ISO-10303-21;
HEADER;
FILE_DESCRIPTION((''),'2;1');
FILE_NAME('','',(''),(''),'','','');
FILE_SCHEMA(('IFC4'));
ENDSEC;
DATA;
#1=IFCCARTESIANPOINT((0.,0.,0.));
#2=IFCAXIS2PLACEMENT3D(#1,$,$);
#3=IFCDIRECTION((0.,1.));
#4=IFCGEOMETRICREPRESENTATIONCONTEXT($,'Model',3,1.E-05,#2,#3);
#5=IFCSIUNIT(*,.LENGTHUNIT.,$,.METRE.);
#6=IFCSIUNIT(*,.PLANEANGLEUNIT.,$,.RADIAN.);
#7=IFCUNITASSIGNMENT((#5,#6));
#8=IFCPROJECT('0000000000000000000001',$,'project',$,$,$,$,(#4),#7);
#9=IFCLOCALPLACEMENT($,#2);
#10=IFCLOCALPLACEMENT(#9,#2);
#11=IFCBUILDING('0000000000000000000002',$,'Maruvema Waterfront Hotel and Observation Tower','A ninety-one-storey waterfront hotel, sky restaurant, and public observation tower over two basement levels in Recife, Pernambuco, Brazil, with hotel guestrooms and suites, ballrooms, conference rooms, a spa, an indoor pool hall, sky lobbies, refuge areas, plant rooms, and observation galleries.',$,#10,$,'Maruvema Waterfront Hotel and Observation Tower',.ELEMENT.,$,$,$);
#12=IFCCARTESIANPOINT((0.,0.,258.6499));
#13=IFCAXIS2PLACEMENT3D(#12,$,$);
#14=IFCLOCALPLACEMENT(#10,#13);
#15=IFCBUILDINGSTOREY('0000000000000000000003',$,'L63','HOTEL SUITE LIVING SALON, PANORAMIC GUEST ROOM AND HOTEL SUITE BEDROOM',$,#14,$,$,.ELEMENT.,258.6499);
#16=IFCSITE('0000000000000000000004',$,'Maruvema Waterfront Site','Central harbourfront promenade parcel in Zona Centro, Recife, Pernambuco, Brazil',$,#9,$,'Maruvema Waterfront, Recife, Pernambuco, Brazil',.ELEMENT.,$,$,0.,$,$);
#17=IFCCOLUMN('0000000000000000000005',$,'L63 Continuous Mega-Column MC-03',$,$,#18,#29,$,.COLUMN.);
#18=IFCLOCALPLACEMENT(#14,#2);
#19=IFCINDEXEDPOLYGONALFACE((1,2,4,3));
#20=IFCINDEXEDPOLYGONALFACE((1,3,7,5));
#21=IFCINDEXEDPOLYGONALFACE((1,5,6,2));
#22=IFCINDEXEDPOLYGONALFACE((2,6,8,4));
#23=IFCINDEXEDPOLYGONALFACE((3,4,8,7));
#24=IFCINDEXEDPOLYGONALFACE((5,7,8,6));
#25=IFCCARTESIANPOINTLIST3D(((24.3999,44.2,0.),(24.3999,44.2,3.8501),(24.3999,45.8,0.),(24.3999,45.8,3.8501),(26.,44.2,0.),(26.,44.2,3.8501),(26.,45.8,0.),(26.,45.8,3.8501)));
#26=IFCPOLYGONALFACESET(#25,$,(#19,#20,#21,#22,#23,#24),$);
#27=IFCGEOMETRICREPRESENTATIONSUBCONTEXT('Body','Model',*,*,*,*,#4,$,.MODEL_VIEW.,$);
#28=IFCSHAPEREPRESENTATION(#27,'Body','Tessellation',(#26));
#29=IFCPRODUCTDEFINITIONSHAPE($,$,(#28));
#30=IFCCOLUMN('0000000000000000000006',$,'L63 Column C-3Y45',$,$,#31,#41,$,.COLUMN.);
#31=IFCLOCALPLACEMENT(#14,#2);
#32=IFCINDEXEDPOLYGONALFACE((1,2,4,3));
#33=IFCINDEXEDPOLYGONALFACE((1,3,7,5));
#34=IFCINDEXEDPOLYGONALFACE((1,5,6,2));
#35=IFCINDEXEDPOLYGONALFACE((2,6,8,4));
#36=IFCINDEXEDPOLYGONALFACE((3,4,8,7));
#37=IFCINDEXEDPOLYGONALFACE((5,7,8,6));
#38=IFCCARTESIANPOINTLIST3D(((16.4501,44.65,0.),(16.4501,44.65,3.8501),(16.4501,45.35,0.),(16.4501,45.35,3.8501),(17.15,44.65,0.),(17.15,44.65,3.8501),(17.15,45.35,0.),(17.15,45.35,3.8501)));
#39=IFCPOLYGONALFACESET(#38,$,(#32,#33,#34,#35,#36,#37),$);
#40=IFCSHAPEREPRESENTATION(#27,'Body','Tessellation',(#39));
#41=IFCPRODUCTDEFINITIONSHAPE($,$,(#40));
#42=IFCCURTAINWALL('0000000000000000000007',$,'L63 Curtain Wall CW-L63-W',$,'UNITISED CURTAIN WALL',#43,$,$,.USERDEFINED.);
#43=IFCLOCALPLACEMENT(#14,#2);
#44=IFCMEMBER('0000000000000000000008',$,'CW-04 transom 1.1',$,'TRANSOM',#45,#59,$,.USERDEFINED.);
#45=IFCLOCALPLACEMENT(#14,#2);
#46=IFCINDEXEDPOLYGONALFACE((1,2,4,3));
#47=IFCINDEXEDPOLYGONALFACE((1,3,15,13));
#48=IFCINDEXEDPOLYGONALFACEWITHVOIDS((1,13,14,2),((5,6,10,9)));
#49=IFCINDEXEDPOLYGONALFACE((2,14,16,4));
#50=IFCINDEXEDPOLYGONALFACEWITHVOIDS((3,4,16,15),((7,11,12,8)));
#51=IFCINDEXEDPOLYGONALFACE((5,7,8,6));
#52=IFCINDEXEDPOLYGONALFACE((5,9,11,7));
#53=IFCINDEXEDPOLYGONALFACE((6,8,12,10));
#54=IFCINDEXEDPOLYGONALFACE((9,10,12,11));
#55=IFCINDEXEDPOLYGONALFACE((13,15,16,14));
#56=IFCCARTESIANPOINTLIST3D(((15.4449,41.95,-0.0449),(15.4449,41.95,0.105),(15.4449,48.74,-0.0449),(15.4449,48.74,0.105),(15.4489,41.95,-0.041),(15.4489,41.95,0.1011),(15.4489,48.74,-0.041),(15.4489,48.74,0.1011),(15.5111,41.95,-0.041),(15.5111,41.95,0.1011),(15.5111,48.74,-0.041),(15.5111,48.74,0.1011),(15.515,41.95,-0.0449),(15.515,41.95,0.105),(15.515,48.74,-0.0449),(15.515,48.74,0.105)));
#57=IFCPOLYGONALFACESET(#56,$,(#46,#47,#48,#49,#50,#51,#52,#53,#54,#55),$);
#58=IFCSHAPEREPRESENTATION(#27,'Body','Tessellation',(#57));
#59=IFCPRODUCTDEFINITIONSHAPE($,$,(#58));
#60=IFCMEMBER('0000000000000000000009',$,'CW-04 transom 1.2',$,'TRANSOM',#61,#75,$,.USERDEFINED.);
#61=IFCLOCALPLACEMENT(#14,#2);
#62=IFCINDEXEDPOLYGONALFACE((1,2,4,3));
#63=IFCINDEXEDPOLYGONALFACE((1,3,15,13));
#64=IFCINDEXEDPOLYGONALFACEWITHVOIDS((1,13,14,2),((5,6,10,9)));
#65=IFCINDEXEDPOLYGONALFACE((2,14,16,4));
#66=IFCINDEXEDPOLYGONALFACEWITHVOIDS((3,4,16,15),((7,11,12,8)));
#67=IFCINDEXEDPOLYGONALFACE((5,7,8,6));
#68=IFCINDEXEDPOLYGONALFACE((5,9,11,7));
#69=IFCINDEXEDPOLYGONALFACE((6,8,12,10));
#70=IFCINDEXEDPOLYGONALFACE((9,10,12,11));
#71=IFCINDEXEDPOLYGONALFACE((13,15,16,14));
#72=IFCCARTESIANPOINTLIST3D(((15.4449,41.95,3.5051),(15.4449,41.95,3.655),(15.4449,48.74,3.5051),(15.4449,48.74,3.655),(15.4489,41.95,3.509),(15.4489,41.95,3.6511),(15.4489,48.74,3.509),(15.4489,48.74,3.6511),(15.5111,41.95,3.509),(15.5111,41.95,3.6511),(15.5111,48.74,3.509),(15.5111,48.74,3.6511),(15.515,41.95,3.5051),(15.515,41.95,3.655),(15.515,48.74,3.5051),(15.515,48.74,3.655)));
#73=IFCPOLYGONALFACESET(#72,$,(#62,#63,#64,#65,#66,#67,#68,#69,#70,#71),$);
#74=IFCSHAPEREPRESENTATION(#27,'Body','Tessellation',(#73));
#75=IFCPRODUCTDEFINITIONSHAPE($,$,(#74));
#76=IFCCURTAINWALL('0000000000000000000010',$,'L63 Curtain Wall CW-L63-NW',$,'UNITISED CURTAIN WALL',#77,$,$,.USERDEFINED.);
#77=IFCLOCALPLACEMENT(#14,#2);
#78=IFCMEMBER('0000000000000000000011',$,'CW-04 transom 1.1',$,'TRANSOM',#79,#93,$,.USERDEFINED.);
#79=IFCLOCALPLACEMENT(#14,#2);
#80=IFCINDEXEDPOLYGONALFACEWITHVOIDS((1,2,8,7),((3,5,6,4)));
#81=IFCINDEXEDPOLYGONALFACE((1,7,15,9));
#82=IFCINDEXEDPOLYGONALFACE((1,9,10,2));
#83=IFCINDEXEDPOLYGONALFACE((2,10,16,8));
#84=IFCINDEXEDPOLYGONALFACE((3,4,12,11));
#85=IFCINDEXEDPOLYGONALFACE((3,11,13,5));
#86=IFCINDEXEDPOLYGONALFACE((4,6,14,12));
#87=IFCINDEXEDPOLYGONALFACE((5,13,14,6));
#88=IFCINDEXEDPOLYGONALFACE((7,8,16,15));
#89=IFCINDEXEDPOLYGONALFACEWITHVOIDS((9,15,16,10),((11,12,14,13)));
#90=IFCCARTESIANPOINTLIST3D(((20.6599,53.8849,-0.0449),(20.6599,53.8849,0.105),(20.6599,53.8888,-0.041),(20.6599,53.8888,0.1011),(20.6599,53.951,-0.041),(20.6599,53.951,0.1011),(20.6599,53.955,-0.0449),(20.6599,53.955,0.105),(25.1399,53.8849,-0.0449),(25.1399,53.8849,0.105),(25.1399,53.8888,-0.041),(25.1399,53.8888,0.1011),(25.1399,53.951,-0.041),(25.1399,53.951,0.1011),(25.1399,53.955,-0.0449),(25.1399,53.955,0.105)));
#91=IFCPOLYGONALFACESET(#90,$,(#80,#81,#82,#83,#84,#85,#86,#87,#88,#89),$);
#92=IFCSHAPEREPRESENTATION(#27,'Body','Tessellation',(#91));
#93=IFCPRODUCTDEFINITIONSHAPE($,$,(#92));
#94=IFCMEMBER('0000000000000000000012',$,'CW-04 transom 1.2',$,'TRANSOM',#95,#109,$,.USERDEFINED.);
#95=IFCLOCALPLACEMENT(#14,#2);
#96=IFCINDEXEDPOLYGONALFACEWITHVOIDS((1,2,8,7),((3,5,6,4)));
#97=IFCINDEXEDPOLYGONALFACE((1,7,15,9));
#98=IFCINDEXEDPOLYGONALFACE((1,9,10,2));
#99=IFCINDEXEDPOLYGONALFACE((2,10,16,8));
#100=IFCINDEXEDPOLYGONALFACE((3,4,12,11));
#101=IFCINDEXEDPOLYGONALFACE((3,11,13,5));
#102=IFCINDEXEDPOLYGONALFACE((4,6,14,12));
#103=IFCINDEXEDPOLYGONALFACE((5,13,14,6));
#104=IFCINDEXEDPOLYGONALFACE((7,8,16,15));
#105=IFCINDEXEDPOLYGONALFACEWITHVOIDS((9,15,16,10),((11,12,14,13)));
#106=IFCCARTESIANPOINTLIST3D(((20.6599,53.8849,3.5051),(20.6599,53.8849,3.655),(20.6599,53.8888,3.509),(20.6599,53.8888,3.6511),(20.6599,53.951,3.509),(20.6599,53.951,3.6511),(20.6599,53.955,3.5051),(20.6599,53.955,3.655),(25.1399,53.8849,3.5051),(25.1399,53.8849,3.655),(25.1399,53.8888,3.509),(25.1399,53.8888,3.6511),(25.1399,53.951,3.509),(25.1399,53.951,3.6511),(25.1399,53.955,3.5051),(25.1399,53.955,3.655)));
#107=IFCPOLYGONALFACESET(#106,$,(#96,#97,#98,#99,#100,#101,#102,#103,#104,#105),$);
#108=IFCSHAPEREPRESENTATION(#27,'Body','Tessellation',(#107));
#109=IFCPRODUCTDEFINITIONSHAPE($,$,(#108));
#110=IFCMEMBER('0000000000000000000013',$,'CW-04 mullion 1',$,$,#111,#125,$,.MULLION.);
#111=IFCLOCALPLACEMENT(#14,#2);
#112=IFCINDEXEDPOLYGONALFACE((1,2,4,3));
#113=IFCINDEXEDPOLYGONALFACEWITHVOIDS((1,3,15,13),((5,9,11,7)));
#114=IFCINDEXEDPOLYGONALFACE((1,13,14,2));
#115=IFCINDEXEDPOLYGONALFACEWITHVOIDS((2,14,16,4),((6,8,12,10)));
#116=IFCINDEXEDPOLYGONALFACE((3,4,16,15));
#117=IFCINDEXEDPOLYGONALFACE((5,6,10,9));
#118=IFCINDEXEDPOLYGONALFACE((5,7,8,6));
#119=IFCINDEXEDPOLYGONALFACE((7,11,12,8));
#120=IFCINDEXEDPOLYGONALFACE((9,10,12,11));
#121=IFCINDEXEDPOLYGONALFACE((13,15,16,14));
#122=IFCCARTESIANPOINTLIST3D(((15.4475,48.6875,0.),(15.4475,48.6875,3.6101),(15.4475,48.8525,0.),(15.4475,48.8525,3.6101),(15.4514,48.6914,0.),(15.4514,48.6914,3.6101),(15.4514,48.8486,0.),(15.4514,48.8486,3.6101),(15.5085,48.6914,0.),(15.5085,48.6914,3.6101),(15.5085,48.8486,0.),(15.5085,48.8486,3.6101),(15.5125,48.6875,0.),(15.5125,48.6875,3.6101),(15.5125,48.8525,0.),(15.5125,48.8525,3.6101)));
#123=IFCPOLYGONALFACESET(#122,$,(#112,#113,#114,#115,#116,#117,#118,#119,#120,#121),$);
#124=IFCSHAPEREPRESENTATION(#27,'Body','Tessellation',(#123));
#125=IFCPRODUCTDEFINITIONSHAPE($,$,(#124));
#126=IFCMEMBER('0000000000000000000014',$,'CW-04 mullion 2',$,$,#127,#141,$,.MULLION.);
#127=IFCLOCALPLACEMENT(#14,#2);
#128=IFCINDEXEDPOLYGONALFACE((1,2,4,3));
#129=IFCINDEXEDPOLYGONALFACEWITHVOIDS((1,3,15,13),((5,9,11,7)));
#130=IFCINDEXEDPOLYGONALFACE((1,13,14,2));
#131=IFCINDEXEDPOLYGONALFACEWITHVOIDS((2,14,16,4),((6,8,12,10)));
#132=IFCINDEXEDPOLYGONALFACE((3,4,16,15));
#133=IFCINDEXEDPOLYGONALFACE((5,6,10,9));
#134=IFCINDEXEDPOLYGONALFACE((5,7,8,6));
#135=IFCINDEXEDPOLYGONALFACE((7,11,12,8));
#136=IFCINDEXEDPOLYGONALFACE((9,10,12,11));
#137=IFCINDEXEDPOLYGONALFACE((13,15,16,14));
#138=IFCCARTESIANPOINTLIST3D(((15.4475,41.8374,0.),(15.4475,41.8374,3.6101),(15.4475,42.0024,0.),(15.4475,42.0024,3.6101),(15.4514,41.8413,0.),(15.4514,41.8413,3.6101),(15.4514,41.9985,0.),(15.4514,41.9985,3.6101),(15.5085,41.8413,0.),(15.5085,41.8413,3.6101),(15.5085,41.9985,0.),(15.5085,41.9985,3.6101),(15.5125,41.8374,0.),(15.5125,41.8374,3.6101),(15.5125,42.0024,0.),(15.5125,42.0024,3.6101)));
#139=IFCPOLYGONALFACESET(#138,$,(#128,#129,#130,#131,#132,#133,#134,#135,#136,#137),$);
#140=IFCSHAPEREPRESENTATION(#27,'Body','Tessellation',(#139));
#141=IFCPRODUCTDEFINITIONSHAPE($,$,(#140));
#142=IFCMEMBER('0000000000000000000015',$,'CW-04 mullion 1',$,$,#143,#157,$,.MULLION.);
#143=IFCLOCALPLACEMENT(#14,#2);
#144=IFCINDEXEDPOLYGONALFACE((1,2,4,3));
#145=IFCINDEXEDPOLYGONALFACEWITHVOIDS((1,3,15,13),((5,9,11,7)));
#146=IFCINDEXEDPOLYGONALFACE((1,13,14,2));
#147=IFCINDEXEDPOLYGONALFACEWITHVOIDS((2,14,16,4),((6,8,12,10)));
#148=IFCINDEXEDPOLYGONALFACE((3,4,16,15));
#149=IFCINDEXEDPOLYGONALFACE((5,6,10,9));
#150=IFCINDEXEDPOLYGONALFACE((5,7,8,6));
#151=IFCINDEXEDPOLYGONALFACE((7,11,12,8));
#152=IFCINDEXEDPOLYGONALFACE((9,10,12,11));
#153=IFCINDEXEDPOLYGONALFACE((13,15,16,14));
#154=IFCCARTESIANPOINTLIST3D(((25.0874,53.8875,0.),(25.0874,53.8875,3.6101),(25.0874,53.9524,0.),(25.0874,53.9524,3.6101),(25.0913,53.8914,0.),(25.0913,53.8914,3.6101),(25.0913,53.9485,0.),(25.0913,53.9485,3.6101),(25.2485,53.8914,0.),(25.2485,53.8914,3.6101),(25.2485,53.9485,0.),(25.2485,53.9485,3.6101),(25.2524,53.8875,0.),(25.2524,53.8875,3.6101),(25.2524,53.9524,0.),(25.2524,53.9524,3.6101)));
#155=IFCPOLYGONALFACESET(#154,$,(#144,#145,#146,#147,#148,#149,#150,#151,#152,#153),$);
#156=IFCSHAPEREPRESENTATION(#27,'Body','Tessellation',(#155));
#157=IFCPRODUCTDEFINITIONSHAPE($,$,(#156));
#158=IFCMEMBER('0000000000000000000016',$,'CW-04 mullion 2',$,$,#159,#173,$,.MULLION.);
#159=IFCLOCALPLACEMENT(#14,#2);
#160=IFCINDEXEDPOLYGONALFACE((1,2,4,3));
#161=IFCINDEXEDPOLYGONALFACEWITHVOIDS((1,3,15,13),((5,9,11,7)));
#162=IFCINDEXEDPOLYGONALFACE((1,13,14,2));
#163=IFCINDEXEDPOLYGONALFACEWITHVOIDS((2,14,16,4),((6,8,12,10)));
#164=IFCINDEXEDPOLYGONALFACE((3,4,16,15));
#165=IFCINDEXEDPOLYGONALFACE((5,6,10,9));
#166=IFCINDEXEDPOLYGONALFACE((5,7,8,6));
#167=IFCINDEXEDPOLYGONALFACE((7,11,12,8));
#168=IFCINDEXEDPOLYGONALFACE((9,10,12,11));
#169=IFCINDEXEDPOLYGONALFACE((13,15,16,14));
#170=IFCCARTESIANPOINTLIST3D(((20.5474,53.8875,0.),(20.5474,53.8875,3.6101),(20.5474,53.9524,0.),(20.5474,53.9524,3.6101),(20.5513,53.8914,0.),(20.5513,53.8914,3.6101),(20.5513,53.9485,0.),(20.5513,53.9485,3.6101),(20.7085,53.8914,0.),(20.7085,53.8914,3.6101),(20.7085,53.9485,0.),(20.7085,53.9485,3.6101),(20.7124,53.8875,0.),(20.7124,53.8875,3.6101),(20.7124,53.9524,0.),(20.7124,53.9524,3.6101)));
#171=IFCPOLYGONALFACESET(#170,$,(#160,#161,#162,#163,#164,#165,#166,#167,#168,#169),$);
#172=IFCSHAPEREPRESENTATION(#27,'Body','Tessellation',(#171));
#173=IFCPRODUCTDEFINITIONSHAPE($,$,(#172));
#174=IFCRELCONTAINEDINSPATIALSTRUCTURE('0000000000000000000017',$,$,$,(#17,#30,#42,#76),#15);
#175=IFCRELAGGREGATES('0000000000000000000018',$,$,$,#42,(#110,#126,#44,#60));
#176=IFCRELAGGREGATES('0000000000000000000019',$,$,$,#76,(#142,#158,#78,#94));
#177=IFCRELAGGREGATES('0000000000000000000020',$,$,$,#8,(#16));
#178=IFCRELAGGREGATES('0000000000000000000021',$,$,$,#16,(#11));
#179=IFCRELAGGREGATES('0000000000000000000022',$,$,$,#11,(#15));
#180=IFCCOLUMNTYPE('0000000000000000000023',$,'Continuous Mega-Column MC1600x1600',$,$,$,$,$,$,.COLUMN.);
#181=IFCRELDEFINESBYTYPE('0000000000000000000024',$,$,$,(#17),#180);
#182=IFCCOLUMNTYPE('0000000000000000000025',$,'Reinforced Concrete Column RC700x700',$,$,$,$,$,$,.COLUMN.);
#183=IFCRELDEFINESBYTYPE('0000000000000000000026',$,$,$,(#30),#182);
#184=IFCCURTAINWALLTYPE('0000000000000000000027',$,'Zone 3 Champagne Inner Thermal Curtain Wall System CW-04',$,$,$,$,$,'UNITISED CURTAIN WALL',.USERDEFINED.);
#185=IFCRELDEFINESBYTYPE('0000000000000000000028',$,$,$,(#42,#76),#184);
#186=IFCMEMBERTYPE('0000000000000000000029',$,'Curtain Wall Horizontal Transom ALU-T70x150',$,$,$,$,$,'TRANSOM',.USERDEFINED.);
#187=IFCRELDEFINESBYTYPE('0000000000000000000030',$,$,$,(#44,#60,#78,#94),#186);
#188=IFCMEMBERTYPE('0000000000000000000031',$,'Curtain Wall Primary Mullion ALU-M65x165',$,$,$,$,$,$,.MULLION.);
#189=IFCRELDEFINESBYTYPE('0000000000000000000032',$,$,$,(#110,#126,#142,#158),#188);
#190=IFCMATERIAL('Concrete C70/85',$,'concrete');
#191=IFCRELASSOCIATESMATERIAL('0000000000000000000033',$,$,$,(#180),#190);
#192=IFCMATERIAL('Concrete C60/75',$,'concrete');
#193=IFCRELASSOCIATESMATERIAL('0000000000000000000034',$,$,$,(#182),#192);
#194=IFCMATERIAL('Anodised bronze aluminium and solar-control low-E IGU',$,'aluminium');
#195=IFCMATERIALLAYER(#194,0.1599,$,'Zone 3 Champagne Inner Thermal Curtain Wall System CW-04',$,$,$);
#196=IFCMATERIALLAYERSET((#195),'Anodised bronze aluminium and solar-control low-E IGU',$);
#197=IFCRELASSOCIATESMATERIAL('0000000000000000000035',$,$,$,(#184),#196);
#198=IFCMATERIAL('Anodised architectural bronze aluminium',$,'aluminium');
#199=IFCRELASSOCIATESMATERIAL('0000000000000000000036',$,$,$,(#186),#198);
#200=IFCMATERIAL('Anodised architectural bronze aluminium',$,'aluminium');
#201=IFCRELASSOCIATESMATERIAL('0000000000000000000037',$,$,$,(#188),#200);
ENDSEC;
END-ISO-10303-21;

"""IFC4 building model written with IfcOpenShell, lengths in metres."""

from ifc_helpers import new_model, si_unit, direction, frame, origin, origin_2d, place, context, subcontext, project, spatial, rectangle, hollow_rectangle, extrude, material, layer, layer_set, material_profile, profile_set, type_object, element, aggregate, save


model = new_model("IFC4")

# Units and contexts
model_context = context("Model", 3, precision=1e-05, world=origin(), true_north=direction((0.0, 1.0)))
body_context = subcontext(model_context, "Body", "Model", "MODEL_VIEW")
ifc_project = project(units=[si_unit("LENGTHUNIT", "METRE"), si_unit("PLANEANGLEUNIT", "RADIAN")], contexts=[model_context])

# Site, building, storey
site_placement = place(None, origin())
site = spatial("IfcSite", under=ifc_project, at=site_placement, Name="Maruvema Waterfront Site", Description="Central harbourfront promenade parcel in Zona Centro, Recife, Pernambuco, Brazil", LongName="Maruvema Waterfront, Recife, Pernambuco, Brazil", CompositionType="ELEMENT", RefElevation=0.0)
building_placement = place(site_placement, origin())
building = spatial("IfcBuilding", under=site, at=building_placement, Name="Maruvema Waterfront Hotel and Observation Tower", Description="A ninety-one-storey waterfront hotel, sky restaurant, and public observation tower over two basement levels in Recife, Pernambuco, Brazil, with hotel guestrooms and suites, ballrooms, conference rooms, a spa, an indoor pool hall, sky lobbies, refuge areas, plant rooms, and observation galleries.", LongName="Maruvema Waterfront Hotel and Observation Tower", CompositionType="ELEMENT")
storey_placement = place(building_placement, frame((0.0, 0.0, 258.6499)))
storey = spatial("IfcBuildingStorey", under=building, at=storey_placement, Name="L63", Description="HOTEL SUITE LIVING SALON, PANORAMIC GUEST ROOM AND HOTEL SUITE BEDROOM", CompositionType="ELEMENT", Elevation=258.6499)

# Columns
ifc_material_1 = material(Name="Concrete C70/85", Category="concrete")
ifc_material_profile_1 = material_profile(ifc_material_1, rectangle(XDim=1.6001, YDim=1.6001, at=origin_2d()), Name="MC1600x1600")
ifc_profile_set_1 = profile_set([ifc_material_profile_1], Name="Concrete C70/85")
column_type_1 = type_object("IfcColumnType", Name="Continuous Mega-Column MC1600x1600", PredefinedType="COLUMN", material=ifc_profile_set_1)
column_1_placement = place(storey_placement, frame((25.2, 45.0, 0.0), z_axis=(0.0, 0.0, 1.0), x_axis=(1.0, 0.0, 0.0)))
element("IfcColumn", 1, at=column_1_placement, inside=storey, type_object=column_type_1, Name="L63 Continuous Mega-Column MC-03", PredefinedType="COLUMN", context=body_context, shape_type="SweptSolid", body=[
    extrude(rectangle(XDim=1.6001, YDim=1.6001, at=origin_2d()), origin(), (0.0, 0.0, 1.0), 3.8501),
])
ifc_material_2 = material(Name="Concrete C60/75", Category="concrete")
ifc_material_profile_2 = material_profile(ifc_material_2, rectangle(XDim=0.7, YDim=0.7, at=origin_2d()), Name="RC700x700")
ifc_profile_set_2 = profile_set([ifc_material_profile_2], Name="Concrete C60/75")
column_type_2 = type_object("IfcColumnType", Name="Reinforced Concrete Column RC700x700", PredefinedType="COLUMN", material=ifc_profile_set_2)
column_2_placement = place(storey_placement, frame((16.8, 45.0, 0.0), z_axis=(0.0, 0.0, 1.0), x_axis=(1.0, 0.0, 0.0)))
element("IfcColumn", 2, at=column_2_placement, inside=storey, type_object=column_type_2, Name="L63 Column C-3Y45", PredefinedType="COLUMN", context=body_context, shape_type="SweptSolid", body=[
    extrude(rectangle(XDim=0.7, YDim=0.7, at=origin_2d()), origin(), (0.0, 0.0, 1.0), 3.8501),
])

# Curtain walls, members
ifc_material_3 = material(Name="Anodised bronze aluminium and solar-control low-E IGU", Category="aluminium")
ifc_layer_1 = layer(ifc_material_3, 0.1599, Name="Zone 3 Champagne Inner Thermal Curtain Wall System CW-04")
ifc_layer_set_1 = layer_set([ifc_layer_1], Name="Anodised bronze aluminium and solar-control low-E IGU")
curtain_wall_type = type_object("IfcCurtainWallType", Name="Zone 3 Champagne Inner Thermal Curtain Wall System CW-04", ElementType="UNITISED CURTAIN WALL", PredefinedType="USERDEFINED", material=ifc_layer_set_1)
curtain_wall_1_placement = place(storey_placement, origin())
curtain_wall_1 = element("IfcCurtainWall", 3, at=curtain_wall_1_placement, inside=storey, type_object=curtain_wall_type, Name="L63 Curtain Wall CW-L63-W", ObjectType="UNITISED CURTAIN WALL", PredefinedType="USERDEFINED")
ifc_material_4 = material(Name="Anodised architectural bronze aluminium", Category="aluminium")
ifc_material_profile_3 = material_profile(ifc_material_4, hollow_rectangle(XDim=0.0701, YDim=0.1499, WallThickness=0.0039, at=origin_2d()), Name="ALU-T70x150")
ifc_profile_set_3 = profile_set([ifc_material_profile_3], Name="Anodised architectural bronze aluminium")
member_type_1 = type_object("IfcMemberType", Name="Curtain Wall Horizontal Transom ALU-T70x150", ElementType="TRANSOM", PredefinedType="USERDEFINED", material=ifc_profile_set_3)
member_1_placement = place(storey_placement, frame((15.48, 48.74, 0.03), z_axis=(0.0, -1.0, 0.0), x_axis=(1.0, 0.0, 0.0)))
member_1 = element("IfcMember", 4, at=member_1_placement, type_object=member_type_1, Name="CW-04 transom 1.1", ObjectType="TRANSOM", PredefinedType="USERDEFINED", context=body_context, shape_type="SweptSolid", body=[
    extrude(hollow_rectangle(XDim=0.0701, YDim=0.1499, WallThickness=0.0039, at=origin_2d()), origin(), (0.0, 0.0, 1.0), 6.79),
])
member_2_placement = place(storey_placement, frame((15.48, 48.74, 3.5801), z_axis=(0.0, -1.0, 0.0), x_axis=(1.0, 0.0, 0.0)))
member_2 = element("IfcMember", 5, at=member_2_placement, type_object=member_type_1, Name="CW-04 transom 1.2", ObjectType="TRANSOM", PredefinedType="USERDEFINED", context=body_context, shape_type="SweptSolid", body=[
    extrude(hollow_rectangle(XDim=0.0701, YDim=0.1499, WallThickness=0.0039, at=origin_2d()), origin(), (0.0, 0.0, 1.0), 6.79),
])
curtain_wall_2_placement = place(storey_placement, origin())
curtain_wall_2 = element("IfcCurtainWall", 6, at=curtain_wall_2_placement, inside=storey, type_object=curtain_wall_type, Name="L63 Curtain Wall CW-L63-NW", ObjectType="UNITISED CURTAIN WALL", PredefinedType="USERDEFINED")
member_3_placement = place(storey_placement, frame((25.1399, 53.9199, 0.03), z_axis=(-1.0, 0.0, 0.0), x_axis=(0.0, -1.0, 0.0)))
member_3 = element("IfcMember", 7, at=member_3_placement, type_object=member_type_1, Name="CW-04 transom 1.1", ObjectType="TRANSOM", PredefinedType="USERDEFINED", context=body_context, shape_type="SweptSolid", body=[
    extrude(hollow_rectangle(XDim=0.0701, YDim=0.1499, WallThickness=0.0039, at=origin_2d()), origin(), (0.0, 0.0, 1.0), 4.48),
])
member_4_placement = place(storey_placement, frame((25.1399, 53.9199, 3.5801), z_axis=(-1.0, 0.0, 0.0), x_axis=(0.0, -1.0, 0.0)))
member_4 = element("IfcMember", 8, at=member_4_placement, type_object=member_type_1, Name="CW-04 transom 1.2", ObjectType="TRANSOM", PredefinedType="USERDEFINED", context=body_context, shape_type="SweptSolid", body=[
    extrude(hollow_rectangle(XDim=0.0701, YDim=0.1499, WallThickness=0.0039, at=origin_2d()), origin(), (0.0, 0.0, 1.0), 4.48),
])

# Members
ifc_material_5 = material(Name="Anodised architectural bronze aluminium", Category="aluminium")
ifc_material_profile_4 = material_profile(ifc_material_5, hollow_rectangle(XDim=0.0649, YDim=0.165, WallThickness=0.0039, at=origin_2d()), Name="ALU-M65x165")
ifc_profile_set_4 = profile_set([ifc_material_profile_4], Name="Anodised architectural bronze aluminium")
member_type_2 = type_object("IfcMemberType", Name="Curtain Wall Primary Mullion ALU-M65x165", PredefinedType="MULLION", material=ifc_profile_set_4)
member_5_placement = place(storey_placement, frame((15.48, 48.77, 0.0), z_axis=(0.0, 0.0, 1.0), x_axis=(1.0, 0.0, 0.0)))
member_5 = element("IfcMember", 9, at=member_5_placement, type_object=member_type_2, Name="CW-04 mullion 1", PredefinedType="MULLION", context=body_context, shape_type="SweptSolid", body=[
    extrude(hollow_rectangle(XDim=0.0649, YDim=0.165, WallThickness=0.0039, at=origin_2d()), origin(), (0.0, 0.0, 1.0), 3.6101),
])
member_6_placement = place(storey_placement, frame((15.48, 41.9199, 0.0), z_axis=(0.0, 0.0, 1.0), x_axis=(1.0, 0.0, 0.0)))
member_6 = element("IfcMember", 10, at=member_6_placement, type_object=member_type_2, Name="CW-04 mullion 2", PredefinedType="MULLION", context=body_context, shape_type="SweptSolid", body=[
    extrude(hollow_rectangle(XDim=0.0649, YDim=0.165, WallThickness=0.0039, at=origin_2d()), origin(), (0.0, 0.0, 1.0), 3.6101),
])
member_7_placement = place(storey_placement, frame((25.1699, 53.9199, 0.0), z_axis=(0.0, 0.0, 1.0), x_axis=(0.0, -1.0, 0.0)))
member_7 = element("IfcMember", 11, at=member_7_placement, type_object=member_type_2, Name="CW-04 mullion 1", PredefinedType="MULLION", context=body_context, shape_type="SweptSolid", body=[
    extrude(hollow_rectangle(XDim=0.0649, YDim=0.165, WallThickness=0.0039, at=origin_2d()), origin(), (0.0, 0.0, 1.0), 3.6101),
])
member_8_placement = place(storey_placement, frame((20.6299, 53.9199, 0.0), z_axis=(0.0, 0.0, 1.0), x_axis=(0.0, -1.0, 0.0)))
member_8 = element("IfcMember", 12, at=member_8_placement, type_object=member_type_2, Name="CW-04 mullion 2", PredefinedType="MULLION", context=body_context, shape_type="SweptSolid", body=[
    extrude(hollow_rectangle(XDim=0.0649, YDim=0.165, WallThickness=0.0039, at=origin_2d()), origin(), (0.0, 0.0, 1.0), 3.6101),
])

aggregate(curtain_wall_1, [member_5, member_6, member_1, member_2])
aggregate(curtain_wall_2, [member_7, member_8, member_3, member_4])

save(model, "model.ifc")
